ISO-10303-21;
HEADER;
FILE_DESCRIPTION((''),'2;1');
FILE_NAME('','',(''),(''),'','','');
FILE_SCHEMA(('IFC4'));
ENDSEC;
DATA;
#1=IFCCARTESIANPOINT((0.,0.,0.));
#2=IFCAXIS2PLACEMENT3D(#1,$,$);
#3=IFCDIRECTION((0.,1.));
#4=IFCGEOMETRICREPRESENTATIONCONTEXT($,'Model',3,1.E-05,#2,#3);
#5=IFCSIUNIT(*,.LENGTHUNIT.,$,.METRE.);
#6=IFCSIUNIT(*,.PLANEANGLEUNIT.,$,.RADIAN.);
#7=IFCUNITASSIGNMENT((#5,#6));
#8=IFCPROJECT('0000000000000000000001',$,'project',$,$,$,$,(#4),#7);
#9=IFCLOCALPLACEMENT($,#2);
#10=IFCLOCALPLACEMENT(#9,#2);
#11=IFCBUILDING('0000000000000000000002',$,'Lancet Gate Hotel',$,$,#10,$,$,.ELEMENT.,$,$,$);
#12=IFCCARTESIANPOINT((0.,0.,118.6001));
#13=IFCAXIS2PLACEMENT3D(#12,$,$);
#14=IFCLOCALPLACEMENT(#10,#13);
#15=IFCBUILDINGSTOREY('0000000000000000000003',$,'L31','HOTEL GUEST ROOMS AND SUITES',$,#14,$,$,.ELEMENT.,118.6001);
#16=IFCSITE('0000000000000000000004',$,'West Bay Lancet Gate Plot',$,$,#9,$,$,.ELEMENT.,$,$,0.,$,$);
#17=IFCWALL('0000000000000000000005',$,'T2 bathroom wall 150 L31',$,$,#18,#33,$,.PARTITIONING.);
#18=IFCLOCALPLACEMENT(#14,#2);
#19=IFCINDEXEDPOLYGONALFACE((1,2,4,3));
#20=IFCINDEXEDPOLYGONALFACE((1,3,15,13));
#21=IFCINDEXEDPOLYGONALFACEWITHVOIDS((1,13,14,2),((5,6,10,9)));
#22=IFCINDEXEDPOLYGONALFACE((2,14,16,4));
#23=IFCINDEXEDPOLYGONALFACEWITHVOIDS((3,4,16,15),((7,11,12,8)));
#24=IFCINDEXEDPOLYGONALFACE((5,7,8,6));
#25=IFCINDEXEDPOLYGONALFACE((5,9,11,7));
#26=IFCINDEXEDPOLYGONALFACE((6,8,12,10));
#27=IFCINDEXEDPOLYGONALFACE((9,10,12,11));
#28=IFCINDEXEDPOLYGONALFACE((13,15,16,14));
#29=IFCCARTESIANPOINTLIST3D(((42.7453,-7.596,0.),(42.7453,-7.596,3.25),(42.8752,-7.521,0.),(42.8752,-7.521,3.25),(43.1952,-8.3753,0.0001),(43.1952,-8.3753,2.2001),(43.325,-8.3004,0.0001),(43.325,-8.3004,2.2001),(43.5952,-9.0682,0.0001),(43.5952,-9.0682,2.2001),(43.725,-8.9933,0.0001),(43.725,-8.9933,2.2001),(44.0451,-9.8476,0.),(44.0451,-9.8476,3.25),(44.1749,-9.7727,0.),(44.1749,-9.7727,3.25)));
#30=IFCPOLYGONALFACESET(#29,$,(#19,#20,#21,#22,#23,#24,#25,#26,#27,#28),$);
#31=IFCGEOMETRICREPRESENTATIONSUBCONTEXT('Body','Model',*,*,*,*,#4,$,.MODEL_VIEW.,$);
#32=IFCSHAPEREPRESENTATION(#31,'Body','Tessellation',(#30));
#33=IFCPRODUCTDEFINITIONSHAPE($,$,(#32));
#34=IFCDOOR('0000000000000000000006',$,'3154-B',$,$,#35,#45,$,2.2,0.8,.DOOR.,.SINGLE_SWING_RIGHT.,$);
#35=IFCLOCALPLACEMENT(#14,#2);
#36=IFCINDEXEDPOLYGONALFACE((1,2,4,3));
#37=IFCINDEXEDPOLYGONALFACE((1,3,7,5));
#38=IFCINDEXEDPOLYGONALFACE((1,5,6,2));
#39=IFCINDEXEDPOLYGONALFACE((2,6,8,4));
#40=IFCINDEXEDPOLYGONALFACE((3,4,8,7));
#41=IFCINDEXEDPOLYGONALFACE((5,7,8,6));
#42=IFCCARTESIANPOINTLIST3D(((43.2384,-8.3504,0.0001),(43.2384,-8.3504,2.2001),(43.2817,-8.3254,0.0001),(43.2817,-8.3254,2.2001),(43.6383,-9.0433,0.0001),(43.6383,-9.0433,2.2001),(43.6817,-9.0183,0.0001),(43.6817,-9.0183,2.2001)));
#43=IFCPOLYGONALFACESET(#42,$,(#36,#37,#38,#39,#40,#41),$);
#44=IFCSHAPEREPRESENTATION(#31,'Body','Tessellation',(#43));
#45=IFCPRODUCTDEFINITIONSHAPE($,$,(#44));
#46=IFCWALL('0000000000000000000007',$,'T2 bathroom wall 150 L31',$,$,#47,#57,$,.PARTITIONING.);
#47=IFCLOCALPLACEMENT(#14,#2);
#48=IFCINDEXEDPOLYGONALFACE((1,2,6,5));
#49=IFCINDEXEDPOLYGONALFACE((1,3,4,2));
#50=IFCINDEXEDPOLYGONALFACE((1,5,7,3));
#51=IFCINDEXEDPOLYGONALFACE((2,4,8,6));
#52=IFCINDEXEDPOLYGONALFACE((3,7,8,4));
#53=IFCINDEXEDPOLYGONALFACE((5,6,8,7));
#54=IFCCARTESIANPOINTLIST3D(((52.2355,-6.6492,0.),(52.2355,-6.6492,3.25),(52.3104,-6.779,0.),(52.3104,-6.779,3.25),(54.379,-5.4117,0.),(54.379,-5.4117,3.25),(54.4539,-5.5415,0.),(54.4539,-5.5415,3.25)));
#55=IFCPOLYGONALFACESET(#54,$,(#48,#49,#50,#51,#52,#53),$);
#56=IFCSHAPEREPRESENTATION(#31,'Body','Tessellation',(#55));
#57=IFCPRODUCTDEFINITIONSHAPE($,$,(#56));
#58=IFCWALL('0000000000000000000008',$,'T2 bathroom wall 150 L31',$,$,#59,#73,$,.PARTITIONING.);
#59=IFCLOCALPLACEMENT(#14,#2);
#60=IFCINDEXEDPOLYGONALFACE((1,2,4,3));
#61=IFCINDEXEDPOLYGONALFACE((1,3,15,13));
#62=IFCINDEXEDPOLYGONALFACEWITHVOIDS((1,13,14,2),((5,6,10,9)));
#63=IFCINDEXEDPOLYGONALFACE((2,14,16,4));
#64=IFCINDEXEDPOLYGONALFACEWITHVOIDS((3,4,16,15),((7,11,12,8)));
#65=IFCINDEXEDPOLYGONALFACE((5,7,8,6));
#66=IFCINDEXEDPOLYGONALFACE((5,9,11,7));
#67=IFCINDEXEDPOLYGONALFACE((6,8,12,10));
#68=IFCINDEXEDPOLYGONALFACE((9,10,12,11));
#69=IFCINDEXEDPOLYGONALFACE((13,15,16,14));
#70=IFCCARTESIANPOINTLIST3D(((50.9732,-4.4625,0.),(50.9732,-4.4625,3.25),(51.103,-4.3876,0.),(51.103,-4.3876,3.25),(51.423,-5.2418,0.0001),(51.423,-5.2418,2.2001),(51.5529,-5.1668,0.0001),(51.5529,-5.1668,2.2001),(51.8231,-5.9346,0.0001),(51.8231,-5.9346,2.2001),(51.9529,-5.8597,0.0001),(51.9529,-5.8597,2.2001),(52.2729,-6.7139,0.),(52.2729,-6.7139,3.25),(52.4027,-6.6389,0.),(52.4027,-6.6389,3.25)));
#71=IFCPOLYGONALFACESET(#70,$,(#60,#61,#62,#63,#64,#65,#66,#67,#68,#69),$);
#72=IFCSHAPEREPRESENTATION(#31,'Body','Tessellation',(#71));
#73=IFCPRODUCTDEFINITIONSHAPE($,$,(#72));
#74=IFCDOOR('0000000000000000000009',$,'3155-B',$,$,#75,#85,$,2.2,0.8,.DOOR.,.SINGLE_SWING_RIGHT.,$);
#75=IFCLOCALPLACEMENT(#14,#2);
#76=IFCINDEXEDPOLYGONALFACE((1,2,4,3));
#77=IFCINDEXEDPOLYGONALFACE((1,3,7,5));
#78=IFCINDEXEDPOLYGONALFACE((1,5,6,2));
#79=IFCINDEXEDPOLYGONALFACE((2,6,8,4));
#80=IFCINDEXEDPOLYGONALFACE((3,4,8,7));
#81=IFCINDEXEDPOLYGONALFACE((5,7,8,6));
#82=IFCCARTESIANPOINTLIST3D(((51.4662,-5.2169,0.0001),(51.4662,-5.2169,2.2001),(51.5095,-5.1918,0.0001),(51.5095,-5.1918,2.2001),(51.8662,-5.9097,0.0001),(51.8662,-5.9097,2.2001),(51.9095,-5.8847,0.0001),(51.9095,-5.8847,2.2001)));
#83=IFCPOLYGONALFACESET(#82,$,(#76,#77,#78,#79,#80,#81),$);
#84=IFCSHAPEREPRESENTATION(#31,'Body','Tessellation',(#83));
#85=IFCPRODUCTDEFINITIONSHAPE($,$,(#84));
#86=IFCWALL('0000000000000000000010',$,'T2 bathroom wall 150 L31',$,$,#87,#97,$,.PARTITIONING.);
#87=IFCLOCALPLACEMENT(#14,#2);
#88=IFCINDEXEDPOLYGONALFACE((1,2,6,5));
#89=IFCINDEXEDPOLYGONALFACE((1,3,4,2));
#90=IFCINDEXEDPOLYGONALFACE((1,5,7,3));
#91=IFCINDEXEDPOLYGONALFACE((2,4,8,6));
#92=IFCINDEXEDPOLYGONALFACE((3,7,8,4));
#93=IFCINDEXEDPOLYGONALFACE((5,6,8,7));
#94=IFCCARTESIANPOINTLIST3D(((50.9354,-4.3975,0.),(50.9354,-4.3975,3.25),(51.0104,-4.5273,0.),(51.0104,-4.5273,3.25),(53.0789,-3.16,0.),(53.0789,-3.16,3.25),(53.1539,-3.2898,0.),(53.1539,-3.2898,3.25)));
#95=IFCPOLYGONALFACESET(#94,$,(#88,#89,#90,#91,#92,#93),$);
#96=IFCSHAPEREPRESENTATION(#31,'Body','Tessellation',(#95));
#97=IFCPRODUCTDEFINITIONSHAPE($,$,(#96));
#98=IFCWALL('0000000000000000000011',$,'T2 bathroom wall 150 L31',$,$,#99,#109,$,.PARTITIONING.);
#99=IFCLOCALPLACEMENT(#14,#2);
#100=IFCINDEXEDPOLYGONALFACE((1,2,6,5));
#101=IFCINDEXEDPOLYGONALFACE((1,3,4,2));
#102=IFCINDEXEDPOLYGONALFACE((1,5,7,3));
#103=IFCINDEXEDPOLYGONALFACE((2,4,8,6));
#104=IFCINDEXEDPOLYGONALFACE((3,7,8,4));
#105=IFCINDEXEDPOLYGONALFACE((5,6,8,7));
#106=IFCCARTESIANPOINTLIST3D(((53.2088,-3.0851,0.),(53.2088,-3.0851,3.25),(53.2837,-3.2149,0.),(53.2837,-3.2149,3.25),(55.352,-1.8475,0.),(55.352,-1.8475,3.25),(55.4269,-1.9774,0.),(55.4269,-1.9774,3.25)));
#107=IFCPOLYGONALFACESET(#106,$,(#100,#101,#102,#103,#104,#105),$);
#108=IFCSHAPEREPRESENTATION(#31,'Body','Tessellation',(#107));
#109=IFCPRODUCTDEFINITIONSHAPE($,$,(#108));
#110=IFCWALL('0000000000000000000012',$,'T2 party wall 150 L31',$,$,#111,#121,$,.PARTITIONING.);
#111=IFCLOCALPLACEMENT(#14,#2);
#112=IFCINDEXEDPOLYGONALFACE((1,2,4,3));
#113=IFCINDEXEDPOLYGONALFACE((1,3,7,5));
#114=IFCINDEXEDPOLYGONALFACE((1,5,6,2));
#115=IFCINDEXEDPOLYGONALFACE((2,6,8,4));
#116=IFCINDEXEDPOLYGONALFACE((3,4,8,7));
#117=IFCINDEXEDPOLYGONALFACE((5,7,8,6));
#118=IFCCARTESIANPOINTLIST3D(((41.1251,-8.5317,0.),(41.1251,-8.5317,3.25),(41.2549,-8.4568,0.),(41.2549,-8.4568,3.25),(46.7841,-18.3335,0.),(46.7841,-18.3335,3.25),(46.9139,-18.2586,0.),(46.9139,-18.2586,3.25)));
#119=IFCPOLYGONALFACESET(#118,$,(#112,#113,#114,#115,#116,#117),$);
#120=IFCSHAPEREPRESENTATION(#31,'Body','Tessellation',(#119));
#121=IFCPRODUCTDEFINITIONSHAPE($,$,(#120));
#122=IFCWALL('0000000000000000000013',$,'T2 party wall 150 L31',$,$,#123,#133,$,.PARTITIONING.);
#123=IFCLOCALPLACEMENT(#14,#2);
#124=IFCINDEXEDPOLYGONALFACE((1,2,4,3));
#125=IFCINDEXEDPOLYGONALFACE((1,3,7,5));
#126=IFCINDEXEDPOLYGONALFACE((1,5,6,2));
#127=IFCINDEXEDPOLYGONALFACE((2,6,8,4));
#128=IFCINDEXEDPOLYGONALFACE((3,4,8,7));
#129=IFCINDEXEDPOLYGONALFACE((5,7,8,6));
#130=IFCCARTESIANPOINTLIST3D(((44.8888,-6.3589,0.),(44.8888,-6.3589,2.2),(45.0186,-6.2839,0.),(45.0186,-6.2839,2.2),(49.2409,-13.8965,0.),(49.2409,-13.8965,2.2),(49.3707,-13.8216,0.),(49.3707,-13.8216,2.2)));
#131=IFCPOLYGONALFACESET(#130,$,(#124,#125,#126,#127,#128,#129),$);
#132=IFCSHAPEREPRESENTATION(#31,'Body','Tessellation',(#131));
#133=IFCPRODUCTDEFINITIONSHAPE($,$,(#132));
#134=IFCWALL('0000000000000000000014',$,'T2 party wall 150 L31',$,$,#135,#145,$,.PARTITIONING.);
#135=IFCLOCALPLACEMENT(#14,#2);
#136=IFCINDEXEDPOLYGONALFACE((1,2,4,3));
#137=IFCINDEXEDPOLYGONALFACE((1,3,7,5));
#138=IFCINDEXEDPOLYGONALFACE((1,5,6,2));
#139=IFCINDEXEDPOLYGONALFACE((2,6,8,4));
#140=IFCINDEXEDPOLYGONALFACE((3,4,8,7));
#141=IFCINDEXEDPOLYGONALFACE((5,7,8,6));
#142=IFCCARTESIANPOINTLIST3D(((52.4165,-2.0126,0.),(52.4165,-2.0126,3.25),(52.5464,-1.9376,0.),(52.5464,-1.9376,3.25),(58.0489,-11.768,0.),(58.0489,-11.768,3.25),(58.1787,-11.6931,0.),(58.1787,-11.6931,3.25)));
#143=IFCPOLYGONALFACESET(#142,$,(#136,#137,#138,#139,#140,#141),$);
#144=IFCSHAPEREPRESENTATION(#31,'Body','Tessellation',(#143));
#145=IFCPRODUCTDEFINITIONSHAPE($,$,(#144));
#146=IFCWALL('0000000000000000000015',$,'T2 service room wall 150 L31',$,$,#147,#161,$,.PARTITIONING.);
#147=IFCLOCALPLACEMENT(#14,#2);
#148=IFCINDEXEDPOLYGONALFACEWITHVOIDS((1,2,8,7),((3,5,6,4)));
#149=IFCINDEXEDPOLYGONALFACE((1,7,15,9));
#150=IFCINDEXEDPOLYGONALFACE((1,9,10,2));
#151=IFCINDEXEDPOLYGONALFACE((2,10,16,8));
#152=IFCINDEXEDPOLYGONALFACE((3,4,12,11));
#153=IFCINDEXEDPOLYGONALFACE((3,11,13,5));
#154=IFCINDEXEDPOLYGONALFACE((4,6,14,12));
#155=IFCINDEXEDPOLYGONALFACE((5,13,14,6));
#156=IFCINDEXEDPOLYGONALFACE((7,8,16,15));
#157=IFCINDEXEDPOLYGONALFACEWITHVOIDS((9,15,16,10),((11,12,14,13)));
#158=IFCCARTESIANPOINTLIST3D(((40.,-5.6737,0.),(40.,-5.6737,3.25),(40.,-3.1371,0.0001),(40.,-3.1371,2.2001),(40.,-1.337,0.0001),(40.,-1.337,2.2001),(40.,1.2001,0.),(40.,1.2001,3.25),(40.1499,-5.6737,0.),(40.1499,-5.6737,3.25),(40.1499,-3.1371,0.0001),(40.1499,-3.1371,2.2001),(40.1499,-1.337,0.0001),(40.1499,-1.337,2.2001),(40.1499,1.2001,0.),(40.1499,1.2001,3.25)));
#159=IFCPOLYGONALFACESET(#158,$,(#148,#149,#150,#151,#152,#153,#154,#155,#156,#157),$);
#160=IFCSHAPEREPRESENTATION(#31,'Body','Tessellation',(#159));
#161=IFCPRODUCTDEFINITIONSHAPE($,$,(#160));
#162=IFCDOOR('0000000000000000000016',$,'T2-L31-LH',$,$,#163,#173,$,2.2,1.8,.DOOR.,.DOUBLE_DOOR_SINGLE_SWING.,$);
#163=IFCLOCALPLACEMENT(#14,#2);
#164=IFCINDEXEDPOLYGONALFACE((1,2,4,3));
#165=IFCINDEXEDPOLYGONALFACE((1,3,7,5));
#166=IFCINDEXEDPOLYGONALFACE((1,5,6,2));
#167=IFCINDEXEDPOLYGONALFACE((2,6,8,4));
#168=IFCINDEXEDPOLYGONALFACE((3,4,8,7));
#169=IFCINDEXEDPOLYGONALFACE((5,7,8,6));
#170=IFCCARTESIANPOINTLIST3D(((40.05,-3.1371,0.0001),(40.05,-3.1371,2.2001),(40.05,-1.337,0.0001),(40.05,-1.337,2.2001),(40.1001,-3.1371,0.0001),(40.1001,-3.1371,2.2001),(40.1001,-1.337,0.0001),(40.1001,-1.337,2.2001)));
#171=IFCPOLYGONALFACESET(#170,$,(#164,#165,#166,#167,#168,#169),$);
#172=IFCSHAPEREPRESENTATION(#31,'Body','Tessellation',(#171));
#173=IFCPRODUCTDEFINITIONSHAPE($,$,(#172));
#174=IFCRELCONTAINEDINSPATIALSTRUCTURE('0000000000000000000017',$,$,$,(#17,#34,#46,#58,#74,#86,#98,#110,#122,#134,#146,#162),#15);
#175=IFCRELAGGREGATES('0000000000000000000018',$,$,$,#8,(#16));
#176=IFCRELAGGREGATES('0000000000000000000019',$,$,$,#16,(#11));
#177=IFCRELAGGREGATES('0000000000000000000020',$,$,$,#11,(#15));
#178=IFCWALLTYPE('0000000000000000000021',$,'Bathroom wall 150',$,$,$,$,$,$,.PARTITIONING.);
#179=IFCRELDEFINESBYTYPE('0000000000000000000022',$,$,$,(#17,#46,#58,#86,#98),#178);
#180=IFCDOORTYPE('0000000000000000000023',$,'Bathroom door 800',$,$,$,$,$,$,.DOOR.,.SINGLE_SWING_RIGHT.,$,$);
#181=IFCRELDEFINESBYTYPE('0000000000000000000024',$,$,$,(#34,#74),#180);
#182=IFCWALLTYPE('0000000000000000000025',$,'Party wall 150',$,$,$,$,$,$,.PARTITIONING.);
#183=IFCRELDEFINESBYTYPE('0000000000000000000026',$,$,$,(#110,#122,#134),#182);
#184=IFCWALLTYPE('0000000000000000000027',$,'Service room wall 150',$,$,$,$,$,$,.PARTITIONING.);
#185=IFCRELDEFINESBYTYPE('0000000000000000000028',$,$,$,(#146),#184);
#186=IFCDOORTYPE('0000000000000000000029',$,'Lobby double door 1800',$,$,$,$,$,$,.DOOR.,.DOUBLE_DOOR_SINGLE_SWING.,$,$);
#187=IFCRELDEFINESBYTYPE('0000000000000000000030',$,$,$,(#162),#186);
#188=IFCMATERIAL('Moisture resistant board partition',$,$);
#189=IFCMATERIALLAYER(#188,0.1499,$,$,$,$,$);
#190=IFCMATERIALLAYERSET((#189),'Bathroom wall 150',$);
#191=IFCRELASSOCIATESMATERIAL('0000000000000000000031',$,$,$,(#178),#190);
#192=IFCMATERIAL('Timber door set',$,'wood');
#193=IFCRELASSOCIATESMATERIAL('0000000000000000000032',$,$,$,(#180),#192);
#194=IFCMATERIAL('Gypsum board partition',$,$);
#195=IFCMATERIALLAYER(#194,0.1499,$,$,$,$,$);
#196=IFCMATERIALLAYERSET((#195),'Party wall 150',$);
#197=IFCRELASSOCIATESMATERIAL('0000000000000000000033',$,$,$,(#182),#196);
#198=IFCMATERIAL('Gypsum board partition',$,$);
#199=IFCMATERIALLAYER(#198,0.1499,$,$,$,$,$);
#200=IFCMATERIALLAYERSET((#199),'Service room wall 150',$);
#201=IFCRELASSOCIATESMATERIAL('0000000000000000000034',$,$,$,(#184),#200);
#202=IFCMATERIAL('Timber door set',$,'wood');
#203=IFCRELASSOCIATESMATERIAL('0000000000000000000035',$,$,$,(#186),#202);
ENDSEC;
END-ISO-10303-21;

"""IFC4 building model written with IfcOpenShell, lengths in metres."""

from ifc_helpers import new_model, si_unit, direction, frame, frame_2d, origin, place, context, subcontext, project, spatial, rectangle, extrude, material, layer, layer_set, type_object, element, fill, save


model = new_model("IFC4")

# Units and contexts
model_context = context("Model", 3, precision=1e-05, world=origin(), true_north=direction((0.0, 1.0)))
body_context = subcontext(model_context, "Body", "Model", "MODEL_VIEW")
ifc_project = project(units=[si_unit("LENGTHUNIT", "METRE"), si_unit("PLANEANGLEUNIT", "RADIAN")], contexts=[model_context])

# Site, building, storey
site_placement = place(None, origin())
site = spatial("IfcSite", under=ifc_project, at=site_placement, Name="West Bay Lancet Gate Plot", CompositionType="ELEMENT", RefElevation=0.0)
building_placement = place(site_placement, origin())
building = spatial("IfcBuilding", under=site, at=building_placement, Name="Lancet Gate Hotel", CompositionType="ELEMENT")
storey_placement = place(building_placement, frame((0.0, 0.0, 118.6001)))
storey = spatial("IfcBuildingStorey", under=building, at=storey_placement, Name="L31", Description="HOTEL GUEST ROOMS AND SUITES", CompositionType="ELEMENT", Elevation=118.6001)

# Shared definitions
ifc_material_1 = material(Name="Moisture resistant board partition")
ifc_layer_1 = layer(ifc_material_1, 0.1499)
ifc_layer_set_1 = layer_set([ifc_layer_1], Name="Bathroom wall 150")
wall_type_1 = type_object("IfcWallType", Name="Bathroom wall 150", PredefinedType="PARTITIONING", material=ifc_layer_set_1)

# Wall, opening, door
wall_1_placement = place(storey_placement, frame((42.8103, -7.5586, 0.0), z_axis=(0.0, 0.0, 1.0), x_axis=(0.499937, -0.866062, 0.0)))
wall_1 = element("IfcWall", 1, at=wall_1_placement, inside=storey, type_object=wall_type_1, Name="T2 bathroom wall 150 L31", PredefinedType="PARTITIONING", context=body_context, shape_type="SweptSolid", body=[
    extrude(rectangle(XDim=2.5999, YDim=0.1499, at=frame_2d((1.2998, 0.0))), origin(), (0.0, 0.0, 1.0), 3.25),
])
opening_1_placement = place(wall_1_placement, frame((0.8999, 0.0, 0.0)))
opening_1 = element("IfcOpeningElement", 2, at=opening_1_placement, cuts=wall_1, PredefinedType="OPENING", context=body_context, shape_type="SweptSolid", body=[
    extrude(rectangle(XDim=0.8, YDim=2.2, at=frame_2d((0.3999, 1.1001))), frame((0.0, 0.085, 0.0), z_axis=(0.0, -1.0, 0.0), x_axis=(1.0, 0.0, 0.0)), (0.0, 0.0, 1.0), 0.1699),
])
ifc_material_2 = material(Name="Timber door set", Category="wood")
door_type_1 = type_object("IfcDoorType", Name="Bathroom door 800", OperationType="SINGLE_SWING_RIGHT", PredefinedType="DOOR", material=ifc_material_2)
door_1_placement = place(opening_1_placement, origin())
door_1 = element("IfcDoor", 3, at=door_1_placement, inside=storey, type_object=door_type_1, Name="3154-B", OperationType="SINGLE_SWING_RIGHT", OverallHeight=2.2, OverallWidth=0.8, PredefinedType="DOOR", context=body_context, shape_type="SweptSolid", body=[
    extrude(rectangle(XDim=0.8, YDim=2.2, at=frame_2d((0.3999, 1.1001))), frame((0.0, 0.0249, 0.0), z_axis=(0.0, -1.0, 0.0), x_axis=(1.0, 0.0, 0.0)), (0.0, 0.0, 1.0), 0.05),
])
fill(opening_1, door_1)

# Wall
wall_2_placement = place(storey_placement, frame((52.2729, -6.7141, 0.0), z_axis=(0.0, 0.0, 1.0), x_axis=(0.866031, 0.49999, 0.0)))
element("IfcWall", 4, at=wall_2_placement, inside=storey, type_object=wall_type_1, Name="T2 bathroom wall 150 L31", PredefinedType="PARTITIONING", context=body_context, shape_type="SweptSolid", body=[
    extrude(rectangle(XDim=2.4751, YDim=0.1499, at=frame_2d((1.2375, 0.0))), origin(), (0.0, 0.0, 1.0), 3.25),
])

# Wall, opening, door
wall_3_placement = place(storey_placement, frame((51.0381, -4.425, 0.0), z_axis=(0.0, 0.0, 1.0), x_axis=(0.499977, -0.866039, 0.0)))
wall_3 = element("IfcWall", 5, at=wall_3_placement, inside=storey, type_object=wall_type_1, Name="T2 bathroom wall 150 L31", PredefinedType="PARTITIONING", context=body_context, shape_type="SweptSolid", body=[
    extrude(rectangle(XDim=2.5996, YDim=0.1499, at=frame_2d((1.2998, 0.0))), origin(), (0.0, 0.0, 1.0), 3.25),
])
opening_2_placement = place(wall_3_placement, frame((0.8999, 0.0, 0.0)))
opening_2 = element("IfcOpeningElement", 6, at=opening_2_placement, cuts=wall_3, PredefinedType="OPENING", context=body_context, shape_type="SweptSolid", body=[
    extrude(rectangle(XDim=0.8, YDim=2.2, at=frame_2d((0.3999, 1.1001))), frame((0.0, 0.085, 0.0), z_axis=(0.0, -1.0, 0.0), x_axis=(1.0, 0.0, 0.0)), (0.0, 0.0, 1.0), 0.1699),
])
door_2_placement = place(opening_2_placement, origin())
door_2 = element("IfcDoor", 7, at=door_2_placement, inside=storey, type_object=door_type_1, Name="3155-B", OperationType="SINGLE_SWING_RIGHT", OverallHeight=2.2, OverallWidth=0.8, PredefinedType="DOOR", context=body_context, shape_type="SweptSolid", body=[
    extrude(rectangle(XDim=0.8, YDim=2.2, at=frame_2d((0.3999, 1.1001))), frame((0.0, 0.0249, 0.0), z_axis=(0.0, -1.0, 0.0), x_axis=(1.0, 0.0, 0.0)), (0.0, 0.0, 1.0), 0.05),
])
fill(opening_2, door_2)

# Walls
wall_4_placement = place(storey_placement, frame((50.9729, -4.4624, 0.0), z_axis=(0.0, 0.0, 1.0), x_axis=(0.866031, 0.49999, 0.0)))
element("IfcWall", 8, at=wall_4_placement, inside=storey, type_object=wall_type_1, Name="T2 bathroom wall 150 L31", PredefinedType="PARTITIONING", context=body_context, shape_type="SweptSolid", body=[
    extrude(rectangle(XDim=2.4751, YDim=0.1499, at=frame_2d((1.2375, 0.0))), origin(), (0.0, 0.0, 1.0), 3.25),
])
wall_5_placement = place(storey_placement, frame((53.2463, -3.1499, 0.0), z_axis=(0.0, 0.0, 1.0), x_axis=(0.866007, 0.500033, 0.0)))
element("IfcWall", 9, at=wall_5_placement, inside=storey, type_object=wall_type_1, Name="T2 bathroom wall 150 L31", PredefinedType="PARTITIONING", context=body_context, shape_type="SweptSolid", body=[
    extrude(rectangle(XDim=2.4749, YDim=0.1499, at=frame_2d((1.2373, 0.0))), origin(), (0.0, 0.0, 1.0), 3.25),
])
ifc_material_3 = material(Name="Gypsum board partition")
ifc_layer_2 = layer(ifc_material_3, 0.1499)
ifc_layer_set_2 = layer_set([ifc_layer_2], Name="Party wall 150")
wall_type_2 = type_object("IfcWallType", Name="Party wall 150", PredefinedType="PARTITIONING", material=ifc_layer_set_2)
wall_6_placement = place(storey_placement, frame((41.1899, -8.4941, 0.0), z_axis=(0.0, 0.0, 1.0), x_axis=(0.499993, -0.86603, 0.0)))
element("IfcWall", 10, at=wall_6_placement, inside=storey, type_object=wall_type_2, Name="T2 party wall 150 L31", PredefinedType="PARTITIONING", context=body_context, shape_type="SweptSolid", body=[
    extrude(rectangle(XDim=11.3181, YDim=0.1499, at=frame_2d((5.6592, 0.0))), origin(), (0.0, 0.0, 1.0), 3.25),
])
wall_7_placement = place(storey_placement, frame((44.9536, -6.3213, 0.0), z_axis=(0.0, 0.0, 1.0), x_axis=(0.500019, -0.866015, 0.0)))
element("IfcWall", 11, at=wall_7_placement, inside=storey, type_object=wall_type_2, Name="T2 party wall 150 L31", PredefinedType="PARTITIONING", context=body_context, shape_type="SweptSolid", body=[
    extrude(rectangle(XDim=8.7039, YDim=0.1499, at=frame_2d((4.3521, 0.0))), origin(), (0.0, 0.0, 1.0), 2.2),
])
wall_8_placement = place(storey_placement, frame((52.4814, -1.9751, 0.0), z_axis=(0.0, 0.0, 1.0), x_axis=(0.500004, -0.866023, 0.0)))
element("IfcWall", 12, at=wall_8_placement, inside=storey, type_object=wall_type_2, Name="T2 party wall 150 L31", PredefinedType="PARTITIONING", context=body_context, shape_type="SweptSolid", body=[
    extrude(rectangle(XDim=11.2646, YDim=0.1499, at=frame_2d((5.6323, 0.0))), origin(), (0.0, 0.0, 1.0), 3.25),
])

# Wall, opening, door
ifc_material_4 = material(Name="Gypsum board partition")
ifc_layer_3 = layer(ifc_material_4, 0.1499)
ifc_layer_set_3 = layer_set([ifc_layer_3], Name="Service room wall 150")
wall_type_3 = type_object("IfcWallType", Name="Service room wall 150", PredefinedType="PARTITIONING", material=ifc_layer_set_3)
wall_9_placement = place(storey_placement, frame((40.075, -5.6738, 0.0), z_axis=(0.0, 0.0, 1.0), x_axis=(0.0, 1.0, 0.0)))
wall_9 = element("IfcWall", 13, at=wall_9_placement, inside=storey, type_object=wall_type_3, Name="T2 service room wall 150 L31", PredefinedType="PARTITIONING", context=body_context, shape_type="SweptSolid", body=[
    extrude(rectangle(XDim=6.8738, YDim=0.1499, at=frame_2d((3.437, 0.0))), origin(), (0.0, 0.0, 1.0), 3.25),
])
opening_3_placement = place(wall_9_placement, frame((2.5369, 0.0, 0.0)))
opening_3 = element("IfcOpeningElement", 14, at=opening_3_placement, cuts=wall_9, PredefinedType="OPENING", context=body_context, shape_type="SweptSolid", body=[
    extrude(rectangle(XDim=1.8, YDim=2.2, at=frame_2d((0.8999, 1.1001))), frame((0.0, 0.085, 0.0), z_axis=(0.0, -1.0, 0.0), x_axis=(1.0, 0.0, 0.0)), (0.0, 0.0, 1.0), 0.1699),
])
ifc_material_5 = material(Name="Timber door set", Category="wood")
door_type_2 = type_object("IfcDoorType", Name="Lobby double door 1800", OperationType="DOUBLE_DOOR_SINGLE_SWING", PredefinedType="DOOR", material=ifc_material_5)
door_3_placement = place(opening_3_placement, origin())
door_3 = element("IfcDoor", 15, at=door_3_placement, inside=storey, type_object=door_type_2, Name="T2-L31-LH", OperationType="DOUBLE_DOOR_SINGLE_SWING", OverallHeight=2.2, OverallWidth=1.8, PredefinedType="DOOR", context=body_context, shape_type="SweptSolid", body=[
    extrude(rectangle(XDim=1.8, YDim=2.2, at=frame_2d((0.8999, 1.1001))), frame((0.0, 0.0249, 0.0), z_axis=(0.0, -1.0, 0.0), x_axis=(1.0, 0.0, 0.0)), (0.0, 0.0, 1.0), 0.05),
])
fill(opening_3, door_3)

save(model, "model.ifc")
